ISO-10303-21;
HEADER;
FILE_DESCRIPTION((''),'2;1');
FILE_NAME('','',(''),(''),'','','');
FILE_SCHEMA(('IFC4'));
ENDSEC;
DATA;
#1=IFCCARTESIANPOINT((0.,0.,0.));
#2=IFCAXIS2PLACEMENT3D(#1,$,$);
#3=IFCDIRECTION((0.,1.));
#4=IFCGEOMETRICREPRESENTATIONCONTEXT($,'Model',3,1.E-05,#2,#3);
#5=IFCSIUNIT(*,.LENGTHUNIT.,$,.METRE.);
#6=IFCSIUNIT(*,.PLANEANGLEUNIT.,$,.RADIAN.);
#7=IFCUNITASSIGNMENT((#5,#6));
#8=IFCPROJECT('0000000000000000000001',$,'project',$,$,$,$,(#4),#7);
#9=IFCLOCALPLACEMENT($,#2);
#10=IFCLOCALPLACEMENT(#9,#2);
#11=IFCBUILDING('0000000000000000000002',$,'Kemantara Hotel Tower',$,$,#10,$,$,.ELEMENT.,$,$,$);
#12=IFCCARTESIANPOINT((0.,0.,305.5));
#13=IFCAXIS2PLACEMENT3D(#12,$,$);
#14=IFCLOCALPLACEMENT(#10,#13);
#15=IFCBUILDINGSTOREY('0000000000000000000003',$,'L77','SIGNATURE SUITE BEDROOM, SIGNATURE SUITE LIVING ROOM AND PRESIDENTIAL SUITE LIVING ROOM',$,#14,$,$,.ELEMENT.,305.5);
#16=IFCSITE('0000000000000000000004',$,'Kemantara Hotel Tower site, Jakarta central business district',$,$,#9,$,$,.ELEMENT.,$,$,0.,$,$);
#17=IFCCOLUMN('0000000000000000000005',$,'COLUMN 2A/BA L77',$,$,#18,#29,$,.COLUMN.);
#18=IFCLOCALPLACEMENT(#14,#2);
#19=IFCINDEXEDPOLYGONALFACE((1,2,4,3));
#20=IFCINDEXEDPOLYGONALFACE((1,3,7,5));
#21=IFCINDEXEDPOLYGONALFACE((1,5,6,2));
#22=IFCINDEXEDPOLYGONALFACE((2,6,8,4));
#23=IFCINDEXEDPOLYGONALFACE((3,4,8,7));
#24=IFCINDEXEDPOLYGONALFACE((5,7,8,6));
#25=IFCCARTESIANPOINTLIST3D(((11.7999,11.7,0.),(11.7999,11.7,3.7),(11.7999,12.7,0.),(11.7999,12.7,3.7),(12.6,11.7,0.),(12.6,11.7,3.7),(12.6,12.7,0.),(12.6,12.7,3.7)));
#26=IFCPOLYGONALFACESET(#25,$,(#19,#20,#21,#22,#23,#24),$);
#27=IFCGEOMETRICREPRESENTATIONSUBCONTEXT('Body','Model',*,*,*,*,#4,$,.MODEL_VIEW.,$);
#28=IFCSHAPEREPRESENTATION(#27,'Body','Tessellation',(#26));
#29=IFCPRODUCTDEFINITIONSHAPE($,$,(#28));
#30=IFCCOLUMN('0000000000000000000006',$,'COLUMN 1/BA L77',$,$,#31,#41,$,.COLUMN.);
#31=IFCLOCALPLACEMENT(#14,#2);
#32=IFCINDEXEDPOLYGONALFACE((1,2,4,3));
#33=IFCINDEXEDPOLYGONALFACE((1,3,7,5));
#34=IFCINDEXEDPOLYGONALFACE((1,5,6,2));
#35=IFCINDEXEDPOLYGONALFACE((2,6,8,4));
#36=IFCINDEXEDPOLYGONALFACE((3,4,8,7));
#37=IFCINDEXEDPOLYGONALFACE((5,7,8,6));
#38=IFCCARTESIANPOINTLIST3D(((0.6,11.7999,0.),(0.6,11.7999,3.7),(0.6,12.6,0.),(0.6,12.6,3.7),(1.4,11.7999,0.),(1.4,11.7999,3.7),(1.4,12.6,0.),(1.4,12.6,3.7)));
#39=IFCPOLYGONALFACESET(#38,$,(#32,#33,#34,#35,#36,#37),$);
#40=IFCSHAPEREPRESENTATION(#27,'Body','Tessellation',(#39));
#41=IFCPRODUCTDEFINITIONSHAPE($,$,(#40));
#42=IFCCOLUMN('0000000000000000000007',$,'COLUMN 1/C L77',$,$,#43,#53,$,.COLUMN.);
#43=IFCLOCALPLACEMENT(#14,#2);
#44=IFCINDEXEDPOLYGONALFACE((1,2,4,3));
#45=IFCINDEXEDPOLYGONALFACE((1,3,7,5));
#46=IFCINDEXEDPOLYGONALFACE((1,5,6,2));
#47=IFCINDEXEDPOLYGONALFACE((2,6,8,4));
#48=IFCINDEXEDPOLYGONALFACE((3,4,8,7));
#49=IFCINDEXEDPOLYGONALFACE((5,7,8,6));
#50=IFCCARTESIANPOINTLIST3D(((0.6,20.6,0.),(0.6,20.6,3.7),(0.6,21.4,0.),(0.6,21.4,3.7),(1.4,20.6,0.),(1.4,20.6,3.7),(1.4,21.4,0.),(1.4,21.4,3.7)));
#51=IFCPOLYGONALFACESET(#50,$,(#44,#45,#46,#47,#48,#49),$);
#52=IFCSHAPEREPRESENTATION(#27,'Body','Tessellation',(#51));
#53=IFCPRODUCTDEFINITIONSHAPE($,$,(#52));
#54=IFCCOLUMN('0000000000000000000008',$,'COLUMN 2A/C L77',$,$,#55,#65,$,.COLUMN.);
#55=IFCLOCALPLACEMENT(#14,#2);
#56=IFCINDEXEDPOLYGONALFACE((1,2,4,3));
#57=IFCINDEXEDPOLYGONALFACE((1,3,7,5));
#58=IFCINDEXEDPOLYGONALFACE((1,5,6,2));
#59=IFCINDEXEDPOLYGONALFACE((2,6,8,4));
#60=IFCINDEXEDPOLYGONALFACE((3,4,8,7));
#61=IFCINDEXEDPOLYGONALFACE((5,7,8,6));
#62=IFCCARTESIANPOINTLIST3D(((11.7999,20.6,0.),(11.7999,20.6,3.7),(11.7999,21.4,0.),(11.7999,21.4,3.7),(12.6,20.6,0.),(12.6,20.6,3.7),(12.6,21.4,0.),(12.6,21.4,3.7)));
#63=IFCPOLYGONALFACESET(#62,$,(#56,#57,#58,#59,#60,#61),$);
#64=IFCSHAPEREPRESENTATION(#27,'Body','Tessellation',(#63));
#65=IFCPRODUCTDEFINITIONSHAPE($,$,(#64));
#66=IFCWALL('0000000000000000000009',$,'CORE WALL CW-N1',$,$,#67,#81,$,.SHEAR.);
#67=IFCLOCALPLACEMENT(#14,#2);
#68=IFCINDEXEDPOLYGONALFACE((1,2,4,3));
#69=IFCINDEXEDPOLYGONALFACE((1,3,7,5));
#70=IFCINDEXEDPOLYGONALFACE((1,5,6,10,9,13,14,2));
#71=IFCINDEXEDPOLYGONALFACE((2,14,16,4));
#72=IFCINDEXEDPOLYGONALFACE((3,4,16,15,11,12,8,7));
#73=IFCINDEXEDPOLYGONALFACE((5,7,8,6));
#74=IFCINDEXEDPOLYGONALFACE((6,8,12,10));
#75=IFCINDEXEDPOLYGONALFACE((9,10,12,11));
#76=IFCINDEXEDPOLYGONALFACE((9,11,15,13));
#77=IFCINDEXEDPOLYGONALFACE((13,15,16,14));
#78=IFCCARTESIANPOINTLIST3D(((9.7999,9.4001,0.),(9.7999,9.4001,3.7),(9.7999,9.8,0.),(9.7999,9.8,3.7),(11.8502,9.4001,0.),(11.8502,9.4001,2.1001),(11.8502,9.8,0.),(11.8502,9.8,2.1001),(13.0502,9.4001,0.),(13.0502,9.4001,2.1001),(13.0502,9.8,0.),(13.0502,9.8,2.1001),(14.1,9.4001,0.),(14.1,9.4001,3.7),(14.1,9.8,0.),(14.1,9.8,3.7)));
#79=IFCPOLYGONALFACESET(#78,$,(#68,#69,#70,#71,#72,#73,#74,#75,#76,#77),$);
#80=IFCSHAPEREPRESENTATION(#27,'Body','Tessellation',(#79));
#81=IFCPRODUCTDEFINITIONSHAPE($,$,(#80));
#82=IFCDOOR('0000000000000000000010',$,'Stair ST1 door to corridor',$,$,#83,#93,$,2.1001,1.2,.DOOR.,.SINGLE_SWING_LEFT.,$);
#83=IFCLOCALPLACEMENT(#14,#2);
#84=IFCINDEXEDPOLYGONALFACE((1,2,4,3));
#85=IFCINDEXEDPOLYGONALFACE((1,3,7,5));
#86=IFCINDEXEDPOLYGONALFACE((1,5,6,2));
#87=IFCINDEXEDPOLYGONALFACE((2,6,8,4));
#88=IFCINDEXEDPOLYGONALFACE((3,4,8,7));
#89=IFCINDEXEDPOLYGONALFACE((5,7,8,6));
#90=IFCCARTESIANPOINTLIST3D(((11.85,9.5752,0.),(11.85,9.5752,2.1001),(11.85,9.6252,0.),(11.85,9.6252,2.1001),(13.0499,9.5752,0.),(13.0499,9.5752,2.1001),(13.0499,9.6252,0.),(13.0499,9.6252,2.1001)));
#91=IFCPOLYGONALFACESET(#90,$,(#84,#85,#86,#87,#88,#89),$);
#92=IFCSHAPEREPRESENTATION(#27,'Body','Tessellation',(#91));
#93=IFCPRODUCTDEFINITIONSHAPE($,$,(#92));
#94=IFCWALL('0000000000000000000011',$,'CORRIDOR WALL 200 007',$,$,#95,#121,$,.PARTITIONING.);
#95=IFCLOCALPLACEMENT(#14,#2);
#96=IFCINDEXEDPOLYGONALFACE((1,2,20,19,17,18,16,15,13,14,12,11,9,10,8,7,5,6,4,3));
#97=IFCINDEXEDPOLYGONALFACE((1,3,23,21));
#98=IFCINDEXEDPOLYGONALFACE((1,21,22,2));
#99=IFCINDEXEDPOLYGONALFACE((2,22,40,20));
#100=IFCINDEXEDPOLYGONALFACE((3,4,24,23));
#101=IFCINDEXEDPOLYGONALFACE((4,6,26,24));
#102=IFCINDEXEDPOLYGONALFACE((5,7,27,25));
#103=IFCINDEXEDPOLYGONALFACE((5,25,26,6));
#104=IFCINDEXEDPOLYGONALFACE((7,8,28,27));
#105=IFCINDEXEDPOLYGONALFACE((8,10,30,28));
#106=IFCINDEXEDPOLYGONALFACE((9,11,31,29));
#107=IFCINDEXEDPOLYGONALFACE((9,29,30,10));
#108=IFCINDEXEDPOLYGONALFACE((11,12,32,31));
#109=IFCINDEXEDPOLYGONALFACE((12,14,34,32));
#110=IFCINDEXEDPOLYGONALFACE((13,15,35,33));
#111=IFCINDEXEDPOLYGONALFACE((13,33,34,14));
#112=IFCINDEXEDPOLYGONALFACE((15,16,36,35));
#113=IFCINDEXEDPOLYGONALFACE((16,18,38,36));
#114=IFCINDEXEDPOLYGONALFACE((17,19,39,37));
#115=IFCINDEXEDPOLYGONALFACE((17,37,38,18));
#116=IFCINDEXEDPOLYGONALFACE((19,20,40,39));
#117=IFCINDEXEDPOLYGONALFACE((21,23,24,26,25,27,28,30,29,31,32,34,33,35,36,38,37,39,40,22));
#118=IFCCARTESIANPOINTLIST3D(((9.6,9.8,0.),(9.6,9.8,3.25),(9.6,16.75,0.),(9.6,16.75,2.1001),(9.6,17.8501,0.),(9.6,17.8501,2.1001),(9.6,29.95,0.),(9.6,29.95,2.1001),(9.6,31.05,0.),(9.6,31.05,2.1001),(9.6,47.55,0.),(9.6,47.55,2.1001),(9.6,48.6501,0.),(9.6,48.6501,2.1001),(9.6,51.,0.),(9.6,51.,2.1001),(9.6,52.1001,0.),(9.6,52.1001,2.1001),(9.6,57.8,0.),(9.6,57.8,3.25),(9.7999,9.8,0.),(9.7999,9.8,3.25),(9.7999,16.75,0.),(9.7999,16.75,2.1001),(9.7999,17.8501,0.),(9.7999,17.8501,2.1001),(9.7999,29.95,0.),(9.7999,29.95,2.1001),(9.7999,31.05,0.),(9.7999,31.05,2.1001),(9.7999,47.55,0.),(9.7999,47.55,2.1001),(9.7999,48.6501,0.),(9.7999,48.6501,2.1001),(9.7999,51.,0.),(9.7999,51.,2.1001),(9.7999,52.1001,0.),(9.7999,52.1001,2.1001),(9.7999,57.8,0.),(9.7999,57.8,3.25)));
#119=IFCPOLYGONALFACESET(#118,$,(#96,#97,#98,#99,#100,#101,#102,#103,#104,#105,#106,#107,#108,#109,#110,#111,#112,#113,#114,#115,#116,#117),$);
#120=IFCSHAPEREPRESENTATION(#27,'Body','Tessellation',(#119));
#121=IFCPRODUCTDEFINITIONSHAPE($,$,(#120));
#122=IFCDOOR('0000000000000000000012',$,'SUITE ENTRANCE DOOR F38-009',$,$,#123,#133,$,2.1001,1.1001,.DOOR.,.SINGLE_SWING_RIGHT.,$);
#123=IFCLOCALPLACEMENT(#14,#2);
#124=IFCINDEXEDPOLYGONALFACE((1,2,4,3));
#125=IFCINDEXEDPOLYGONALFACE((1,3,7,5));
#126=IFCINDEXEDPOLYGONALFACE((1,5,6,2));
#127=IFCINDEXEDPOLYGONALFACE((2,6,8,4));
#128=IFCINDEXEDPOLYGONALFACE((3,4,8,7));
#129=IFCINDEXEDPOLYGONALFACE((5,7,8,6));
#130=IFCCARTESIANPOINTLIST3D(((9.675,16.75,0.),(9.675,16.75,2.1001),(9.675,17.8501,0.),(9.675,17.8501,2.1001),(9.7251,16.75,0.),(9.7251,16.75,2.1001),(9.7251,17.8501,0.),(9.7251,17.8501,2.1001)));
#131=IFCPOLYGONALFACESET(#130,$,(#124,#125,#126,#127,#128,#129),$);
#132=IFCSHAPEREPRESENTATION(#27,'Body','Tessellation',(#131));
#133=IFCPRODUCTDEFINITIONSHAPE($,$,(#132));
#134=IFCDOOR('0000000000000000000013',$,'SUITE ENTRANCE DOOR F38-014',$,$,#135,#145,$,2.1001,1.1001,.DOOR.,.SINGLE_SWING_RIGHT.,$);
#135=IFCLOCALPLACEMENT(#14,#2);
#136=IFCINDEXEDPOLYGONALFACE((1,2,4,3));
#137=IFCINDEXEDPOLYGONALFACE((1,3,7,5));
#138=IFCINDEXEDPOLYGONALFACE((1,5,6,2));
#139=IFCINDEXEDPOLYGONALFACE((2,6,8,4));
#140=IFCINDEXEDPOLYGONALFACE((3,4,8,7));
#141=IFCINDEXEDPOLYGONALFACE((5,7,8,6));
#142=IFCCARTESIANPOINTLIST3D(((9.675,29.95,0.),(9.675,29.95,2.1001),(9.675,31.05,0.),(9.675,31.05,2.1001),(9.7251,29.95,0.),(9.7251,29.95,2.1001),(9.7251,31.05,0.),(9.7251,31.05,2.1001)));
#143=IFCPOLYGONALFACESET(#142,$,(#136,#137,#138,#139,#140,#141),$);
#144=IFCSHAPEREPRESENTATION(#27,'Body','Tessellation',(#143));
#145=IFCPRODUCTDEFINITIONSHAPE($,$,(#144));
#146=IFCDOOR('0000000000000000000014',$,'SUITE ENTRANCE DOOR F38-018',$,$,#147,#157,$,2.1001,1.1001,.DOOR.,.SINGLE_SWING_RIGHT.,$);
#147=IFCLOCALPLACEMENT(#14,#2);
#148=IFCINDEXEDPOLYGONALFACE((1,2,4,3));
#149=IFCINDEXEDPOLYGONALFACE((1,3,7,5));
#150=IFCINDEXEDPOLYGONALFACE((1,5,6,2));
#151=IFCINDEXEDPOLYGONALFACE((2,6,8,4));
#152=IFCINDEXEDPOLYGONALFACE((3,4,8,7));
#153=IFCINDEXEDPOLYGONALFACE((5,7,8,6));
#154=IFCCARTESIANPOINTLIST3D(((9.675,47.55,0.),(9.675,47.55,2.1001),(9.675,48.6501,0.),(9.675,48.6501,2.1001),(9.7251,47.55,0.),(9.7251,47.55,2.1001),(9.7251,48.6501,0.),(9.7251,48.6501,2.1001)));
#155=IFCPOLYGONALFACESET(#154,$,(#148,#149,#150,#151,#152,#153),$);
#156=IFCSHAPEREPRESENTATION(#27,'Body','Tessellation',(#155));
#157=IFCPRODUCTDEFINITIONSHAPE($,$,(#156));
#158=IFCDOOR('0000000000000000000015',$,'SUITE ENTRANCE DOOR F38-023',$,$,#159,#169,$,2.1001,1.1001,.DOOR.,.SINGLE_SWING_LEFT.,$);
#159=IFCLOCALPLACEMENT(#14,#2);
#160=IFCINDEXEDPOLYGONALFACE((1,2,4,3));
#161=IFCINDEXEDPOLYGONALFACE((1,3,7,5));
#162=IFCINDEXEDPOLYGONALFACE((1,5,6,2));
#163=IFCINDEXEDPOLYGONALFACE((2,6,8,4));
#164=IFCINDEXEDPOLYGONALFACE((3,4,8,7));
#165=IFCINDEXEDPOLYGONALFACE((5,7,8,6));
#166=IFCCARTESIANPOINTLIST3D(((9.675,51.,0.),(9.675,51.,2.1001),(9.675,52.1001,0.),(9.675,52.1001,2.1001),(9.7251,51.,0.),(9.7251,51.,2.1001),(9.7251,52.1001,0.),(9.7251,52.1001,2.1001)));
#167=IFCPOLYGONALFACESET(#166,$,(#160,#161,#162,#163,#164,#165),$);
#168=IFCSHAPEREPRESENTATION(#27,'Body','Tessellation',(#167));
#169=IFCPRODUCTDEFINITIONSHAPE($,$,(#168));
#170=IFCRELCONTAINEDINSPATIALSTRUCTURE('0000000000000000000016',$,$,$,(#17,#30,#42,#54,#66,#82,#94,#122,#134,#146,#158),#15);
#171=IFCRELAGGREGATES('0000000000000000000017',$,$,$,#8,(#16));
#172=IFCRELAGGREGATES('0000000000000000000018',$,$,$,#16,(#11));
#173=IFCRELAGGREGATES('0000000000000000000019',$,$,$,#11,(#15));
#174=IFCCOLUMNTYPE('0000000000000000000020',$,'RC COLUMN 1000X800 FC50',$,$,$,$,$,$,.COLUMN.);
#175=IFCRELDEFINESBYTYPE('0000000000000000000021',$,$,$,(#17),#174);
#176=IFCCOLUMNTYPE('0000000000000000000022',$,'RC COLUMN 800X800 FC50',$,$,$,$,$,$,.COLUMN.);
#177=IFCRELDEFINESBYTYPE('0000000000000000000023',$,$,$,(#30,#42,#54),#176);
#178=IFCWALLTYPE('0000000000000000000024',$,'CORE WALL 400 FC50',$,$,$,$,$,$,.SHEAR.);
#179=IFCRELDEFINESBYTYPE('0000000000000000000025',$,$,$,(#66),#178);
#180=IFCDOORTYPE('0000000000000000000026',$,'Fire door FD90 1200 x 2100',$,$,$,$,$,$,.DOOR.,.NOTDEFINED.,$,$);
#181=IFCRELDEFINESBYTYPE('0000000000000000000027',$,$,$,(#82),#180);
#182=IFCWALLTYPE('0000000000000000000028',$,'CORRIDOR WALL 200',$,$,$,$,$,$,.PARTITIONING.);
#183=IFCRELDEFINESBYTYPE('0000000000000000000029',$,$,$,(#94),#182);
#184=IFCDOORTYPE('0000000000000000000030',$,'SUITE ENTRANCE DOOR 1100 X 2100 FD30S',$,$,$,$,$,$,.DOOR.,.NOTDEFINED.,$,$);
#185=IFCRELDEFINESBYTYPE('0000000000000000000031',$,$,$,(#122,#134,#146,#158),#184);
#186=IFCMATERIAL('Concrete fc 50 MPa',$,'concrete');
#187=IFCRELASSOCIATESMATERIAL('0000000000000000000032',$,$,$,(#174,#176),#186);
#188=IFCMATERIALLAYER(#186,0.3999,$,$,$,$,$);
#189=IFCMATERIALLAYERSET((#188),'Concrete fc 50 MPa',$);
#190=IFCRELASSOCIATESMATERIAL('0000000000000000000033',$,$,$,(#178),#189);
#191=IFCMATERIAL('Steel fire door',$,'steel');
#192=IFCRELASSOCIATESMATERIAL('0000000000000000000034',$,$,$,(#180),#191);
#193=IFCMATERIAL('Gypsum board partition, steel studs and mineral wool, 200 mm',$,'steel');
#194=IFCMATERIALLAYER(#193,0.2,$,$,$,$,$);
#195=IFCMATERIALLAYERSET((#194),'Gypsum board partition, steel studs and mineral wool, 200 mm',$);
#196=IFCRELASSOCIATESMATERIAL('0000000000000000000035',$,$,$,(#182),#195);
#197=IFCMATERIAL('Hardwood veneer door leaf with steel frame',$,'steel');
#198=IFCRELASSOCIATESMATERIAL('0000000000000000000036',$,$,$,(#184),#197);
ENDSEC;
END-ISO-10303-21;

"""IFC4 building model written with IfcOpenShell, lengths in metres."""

from ifc_helpers import new_model, si_unit, direction, frame, frame_2d, origin, origin_2d, place, context, subcontext, project, spatial, rectangle, extrude, material, layer, layer_set, material_profile, profile_set, type_object, element, fill, save


model = new_model("IFC4")

# Units and contexts
model_context = context("Model", 3, precision=1e-05, world=origin(), true_north=direction((0.0, 1.0)))
body_context = subcontext(model_context, "Body", "Model", "MODEL_VIEW")
ifc_project = project(units=[si_unit("LENGTHUNIT", "METRE"), si_unit("PLANEANGLEUNIT", "RADIAN")], contexts=[model_context])

# Site, building, storey
site_placement = place(None, origin())
site = spatial("IfcSite", under=ifc_project, at=site_placement, Name="Kemantara Hotel Tower site, Jakarta central business district", CompositionType="ELEMENT", RefElevation=0.0)
building_placement = place(site_placement, origin())
building = spatial("IfcBuilding", under=site, at=building_placement, Name="Kemantara Hotel Tower", CompositionType="ELEMENT")
storey_placement = place(building_placement, frame((0.0, 0.0, 305.5)))
storey = spatial("IfcBuildingStorey", under=building, at=storey_placement, Name="L77", Description="SIGNATURE SUITE BEDROOM, SIGNATURE SUITE LIVING ROOM AND PRESIDENTIAL SUITE LIVING ROOM", CompositionType="ELEMENT", Elevation=305.5)

# Columns
ifc_material_1 = material(Name="Concrete fc 50 MPa", Category="concrete")
ifc_material_profile_1 = material_profile(ifc_material_1, rectangle(XDim=1.0, YDim=0.8, at=origin_2d()), Name="RC 1000X800")
ifc_profile_set_1 = profile_set([ifc_material_profile_1], Name="Concrete fc 50 MPa")
column_type_1 = type_object("IfcColumnType", Name="RC COLUMN 1000X800 FC50", PredefinedType="COLUMN", material=ifc_profile_set_1)
column_placement = place(storey_placement, frame((12.2, 12.2, 0.0), z_axis=(0.0, 0.0, 1.0), x_axis=(0.0, 1.0, 0.0)))
element("IfcColumn", 1, at=column_placement, inside=storey, type_object=column_type_1, Name="COLUMN 2A/BA L77", PredefinedType="COLUMN", context=body_context, shape_type="SweptSolid", body=[
    extrude(rectangle(XDim=1.0, YDim=0.8, at=origin_2d()), origin(), (0.0, 0.0, 1.0), 3.7),
])
ifc_material_profile_2 = material_profile(ifc_material_1, rectangle(XDim=0.8, YDim=0.8, at=origin_2d()), Name="RC 800X800")
ifc_profile_set_2 = profile_set([ifc_material_profile_2], Name="Concrete fc 50 MPa")
column_type_2 = type_object("IfcColumnType", Name="RC COLUMN 800X800 FC50", PredefinedType="COLUMN", material=ifc_profile_set_2)
for number, where, z_axis, x_axis, name in (
    (2, (1.0, 12.2, 0.0), (0.0, 0.0, 1.0), (1.0, 0.0, 0.0), "COLUMN 1/BA L77"),
    (3, (1.0, 21.0, 0.0), (0.0, 0.0, 1.0), (1.0, 0.0, 0.0), "COLUMN 1/C L77"),
    (4, (12.2, 21.0, 0.0), (0.0, 0.0, 1.0), (1.0, 0.0, 0.0), "COLUMN 2A/C L77"),
):
    element("IfcColumn", number, at=place(storey_placement, frame(where, z_axis=z_axis, x_axis=x_axis)), inside=storey, type_object=column_type_2, Name=name, PredefinedType="COLUMN", context=body_context, shape_type="SweptSolid", body=[
        extrude(rectangle(XDim=0.8, YDim=0.8, at=origin_2d()), origin(), (0.0, 0.0, 1.0), 3.7),
    ])

# Wall, opening, door
ifc_layer_1 = layer(ifc_material_1, 0.3999)
ifc_layer_set_1 = layer_set([ifc_layer_1], Name="Concrete fc 50 MPa")
wall_type_1 = type_object("IfcWallType", Name="CORE WALL 400 FC50", PredefinedType="SHEAR", material=ifc_layer_set_1)
wall_1_placement = place(storey_placement, frame((9.8, 9.6001, 0.0), z_axis=(0.0, 0.0, 1.0), x_axis=(1.0, 0.0, 0.0)))
wall_1 = element("IfcWall", 5, at=wall_1_placement, inside=storey, type_object=wall_type_1, Name="CORE WALL CW-N1", PredefinedType="SHEAR", context=body_context, shape_type="SweptSolid", body=[
    extrude(rectangle(XDim=4.3, YDim=0.3999, at=frame_2d((2.1499, 0.0))), origin(), (0.0, 0.0, 1.0), 3.7),
])
opening_1_placement = place(wall_1_placement, frame((2.05, 0.0, 0.0)))
opening_1 = element("IfcOpeningElement", 6, at=opening_1_placement, cuts=wall_1, PredefinedType="OPENING", context=body_context, shape_type="SweptSolid", body=[
    extrude(rectangle(XDim=1.2, YDim=2.1001, at=frame_2d((0.6001, 1.05))), frame((0.0, 0.21, 0.0), z_axis=(0.0, -1.0, 0.0), x_axis=(1.0, 0.0, 0.0)), (0.0, 0.0, 1.0), 0.4199),
])
ifc_material_2 = material(Name="Steel fire door", Category="steel")
door_type_1 = type_object("IfcDoorType", Name="Fire door FD90 1200 x 2100", OperationType="NOTDEFINED", PredefinedType="DOOR", material=ifc_material_2)
door_1_placement = place(opening_1_placement, frame((1.2, 0.0, 0.0), z_axis=(0.0, 0.0, 1.0), x_axis=(-1.0, 0.0, 0.0)))
door_1 = element("IfcDoor", 7, at=door_1_placement, inside=storey, type_object=door_type_1, Name="Stair ST1 door to corridor", OperationType="SINGLE_SWING_LEFT", OverallHeight=2.1001, OverallWidth=1.2, PredefinedType="DOOR", context=body_context, shape_type="SweptSolid", body=[
    extrude(rectangle(XDim=1.2, YDim=2.1001, at=frame_2d((0.6001, 1.05))), frame((0.0, 0.0249, 0.0), z_axis=(0.0, -1.0, 0.0), x_axis=(1.0, 0.0, 0.0)), (0.0, 0.0, 1.0), 0.05),
])
fill(opening_1, door_1)

# Wall, openings, doors
ifc_material_3 = material(Name="Gypsum board partition, steel studs and mineral wool, 200 mm", Category="steel")
ifc_layer_2 = layer(ifc_material_3, 0.2)
ifc_layer_set_2 = layer_set([ifc_layer_2], Name="Gypsum board partition, steel studs and mineral wool, 200 mm")
wall_type_2 = type_object("IfcWallType", Name="CORRIDOR WALL 200", PredefinedType="PARTITIONING", material=ifc_layer_set_2)
wall_2_placement = place(storey_placement, frame((9.7, 9.8, 0.0), z_axis=(0.0, 0.0, 1.0), x_axis=(0.0, 1.0, 0.0)))
wall_2 = element("IfcWall", 8, at=wall_2_placement, inside=storey, type_object=wall_type_2, Name="CORRIDOR WALL 200 007", PredefinedType="PARTITIONING", context=body_context, shape_type="SweptSolid", body=[
    extrude(rectangle(XDim=48.0, YDim=0.2, at=frame_2d((24.0, 0.0))), origin(), (0.0, 0.0, 1.0), 3.25),
])
opening_2_placement = place(wall_2_placement, frame((6.95, 0.0, 0.0)))
opening_2 = element("IfcOpeningElement", 9, at=opening_2_placement, cuts=wall_2, PredefinedType="OPENING", context=body_context, shape_type="SweptSolid", body=[
    extrude(rectangle(XDim=1.1001, YDim=2.1001, at=frame_2d((0.55, 1.05))), frame((0.0, 0.1099, 0.0), z_axis=(0.0, -1.0, 0.0), x_axis=(1.0, 0.0, 0.0)), (0.0, 0.0, 1.0), 0.22),
])
opening_3_placement = place(wall_2_placement, frame((20.1499, 0.0, 0.0)))
opening_3 = element("IfcOpeningElement", 10, at=opening_3_placement, cuts=wall_2, PredefinedType="OPENING", context=body_context, shape_type="SweptSolid", body=[
    extrude(rectangle(XDim=1.1001, YDim=2.1001, at=frame_2d((0.55, 1.05))), frame((0.0, 0.1099, 0.0), z_axis=(0.0, -1.0, 0.0), x_axis=(1.0, 0.0, 0.0)), (0.0, 0.0, 1.0), 0.22),
])
opening_4_placement = place(wall_2_placement, frame((37.75, 0.0, 0.0)))
opening_4 = element("IfcOpeningElement", 11, at=opening_4_placement, cuts=wall_2, PredefinedType="OPENING", context=body_context, shape_type="SweptSolid", body=[
    extrude(rectangle(XDim=1.1001, YDim=2.1001, at=frame_2d((0.55, 1.05))), frame((0.0, 0.1099, 0.0), z_axis=(0.0, -1.0, 0.0), x_axis=(1.0, 0.0, 0.0)), (0.0, 0.0, 1.0), 0.22),
])
opening_5_placement = place(wall_2_placement, frame((41.2, 0.0, 0.0)))
opening_5 = element("IfcOpeningElement", 12, at=opening_5_placement, cuts=wall_2, PredefinedType="OPENING", context=body_context, shape_type="SweptSolid", body=[
    extrude(rectangle(XDim=1.1001, YDim=2.1001, at=frame_2d((0.55, 1.05))), frame((0.0, 0.1099, 0.0), z_axis=(0.0, -1.0, 0.0), x_axis=(1.0, 0.0, 0.0)), (0.0, 0.0, 1.0), 0.22),
])
ifc_material_4 = material(Name="Hardwood veneer door leaf with steel frame", Category="steel")
door_type_2 = type_object("IfcDoorType", Name="SUITE ENTRANCE DOOR 1100 X 2100 FD30S", OperationType="NOTDEFINED", PredefinedType="DOOR", material=ifc_material_4)
door_2_placement = place(opening_2_placement, origin())
door_2 = element("IfcDoor", 13, at=door_2_placement, inside=storey, type_object=door_type_2, Name="SUITE ENTRANCE DOOR F38-009", OperationType="SINGLE_SWING_RIGHT", OverallHeight=2.1001, OverallWidth=1.1001, PredefinedType="DOOR", context=body_context, shape_type="SweptSolid", body=[
    extrude(rectangle(XDim=1.1001, YDim=2.1001, at=frame_2d((0.55, 1.05))), frame((0.0, 0.0249, 0.0), z_axis=(0.0, -1.0, 0.0), x_axis=(1.0, 0.0, 0.0)), (0.0, 0.0, 1.0), 0.05),
])
fill(opening_2, door_2)
door_3_placement = place(opening_3_placement, origin())
door_3 = element("IfcDoor", 14, at=door_3_placement, inside=storey, type_object=door_type_2, Name="SUITE ENTRANCE DOOR F38-014", OperationType="SINGLE_SWING_RIGHT", OverallHeight=2.1001, OverallWidth=1.1001, PredefinedType="DOOR", context=body_context, shape_type="SweptSolid", body=[
    extrude(rectangle(XDim=1.1001, YDim=2.1001, at=frame_2d((0.55, 1.05))), frame((0.0, 0.0249, 0.0), z_axis=(0.0, -1.0, 0.0), x_axis=(1.0, 0.0, 0.0)), (0.0, 0.0, 1.0), 0.05),
])
fill(opening_3, door_3)
door_4_placement = place(opening_4_placement, origin())
door_4 = element("IfcDoor", 15, at=door_4_placement, inside=storey, type_object=door_type_2, Name="SUITE ENTRANCE DOOR F38-018", OperationType="SINGLE_SWING_RIGHT", OverallHeight=2.1001, OverallWidth=1.1001, PredefinedType="DOOR", context=body_context, shape_type="SweptSolid", body=[
    extrude(rectangle(XDim=1.1001, YDim=2.1001, at=frame_2d((0.55, 1.05))), frame((0.0, 0.0249, 0.0), z_axis=(0.0, -1.0, 0.0), x_axis=(1.0, 0.0, 0.0)), (0.0, 0.0, 1.0), 0.05),
])
fill(opening_4, door_4)
door_5_placement = place(opening_5_placement, origin())
door_5 = element("IfcDoor", 16, at=door_5_placement, inside=storey, type_object=door_type_2, Name="SUITE ENTRANCE DOOR F38-023", OperationType="SINGLE_SWING_LEFT", OverallHeight=2.1001, OverallWidth=1.1001, PredefinedType="DOOR", context=body_context, shape_type="SweptSolid", body=[
    extrude(rectangle(XDim=1.1001, YDim=2.1001, at=frame_2d((0.55, 1.05))), frame((0.0, 0.0249, 0.0), z_axis=(0.0, -1.0, 0.0), x_axis=(1.0, 0.0, 0.0)), (0.0, 0.0, 1.0), 0.05),
])
fill(opening_5, door_5)

save(model, "model.ifc")
